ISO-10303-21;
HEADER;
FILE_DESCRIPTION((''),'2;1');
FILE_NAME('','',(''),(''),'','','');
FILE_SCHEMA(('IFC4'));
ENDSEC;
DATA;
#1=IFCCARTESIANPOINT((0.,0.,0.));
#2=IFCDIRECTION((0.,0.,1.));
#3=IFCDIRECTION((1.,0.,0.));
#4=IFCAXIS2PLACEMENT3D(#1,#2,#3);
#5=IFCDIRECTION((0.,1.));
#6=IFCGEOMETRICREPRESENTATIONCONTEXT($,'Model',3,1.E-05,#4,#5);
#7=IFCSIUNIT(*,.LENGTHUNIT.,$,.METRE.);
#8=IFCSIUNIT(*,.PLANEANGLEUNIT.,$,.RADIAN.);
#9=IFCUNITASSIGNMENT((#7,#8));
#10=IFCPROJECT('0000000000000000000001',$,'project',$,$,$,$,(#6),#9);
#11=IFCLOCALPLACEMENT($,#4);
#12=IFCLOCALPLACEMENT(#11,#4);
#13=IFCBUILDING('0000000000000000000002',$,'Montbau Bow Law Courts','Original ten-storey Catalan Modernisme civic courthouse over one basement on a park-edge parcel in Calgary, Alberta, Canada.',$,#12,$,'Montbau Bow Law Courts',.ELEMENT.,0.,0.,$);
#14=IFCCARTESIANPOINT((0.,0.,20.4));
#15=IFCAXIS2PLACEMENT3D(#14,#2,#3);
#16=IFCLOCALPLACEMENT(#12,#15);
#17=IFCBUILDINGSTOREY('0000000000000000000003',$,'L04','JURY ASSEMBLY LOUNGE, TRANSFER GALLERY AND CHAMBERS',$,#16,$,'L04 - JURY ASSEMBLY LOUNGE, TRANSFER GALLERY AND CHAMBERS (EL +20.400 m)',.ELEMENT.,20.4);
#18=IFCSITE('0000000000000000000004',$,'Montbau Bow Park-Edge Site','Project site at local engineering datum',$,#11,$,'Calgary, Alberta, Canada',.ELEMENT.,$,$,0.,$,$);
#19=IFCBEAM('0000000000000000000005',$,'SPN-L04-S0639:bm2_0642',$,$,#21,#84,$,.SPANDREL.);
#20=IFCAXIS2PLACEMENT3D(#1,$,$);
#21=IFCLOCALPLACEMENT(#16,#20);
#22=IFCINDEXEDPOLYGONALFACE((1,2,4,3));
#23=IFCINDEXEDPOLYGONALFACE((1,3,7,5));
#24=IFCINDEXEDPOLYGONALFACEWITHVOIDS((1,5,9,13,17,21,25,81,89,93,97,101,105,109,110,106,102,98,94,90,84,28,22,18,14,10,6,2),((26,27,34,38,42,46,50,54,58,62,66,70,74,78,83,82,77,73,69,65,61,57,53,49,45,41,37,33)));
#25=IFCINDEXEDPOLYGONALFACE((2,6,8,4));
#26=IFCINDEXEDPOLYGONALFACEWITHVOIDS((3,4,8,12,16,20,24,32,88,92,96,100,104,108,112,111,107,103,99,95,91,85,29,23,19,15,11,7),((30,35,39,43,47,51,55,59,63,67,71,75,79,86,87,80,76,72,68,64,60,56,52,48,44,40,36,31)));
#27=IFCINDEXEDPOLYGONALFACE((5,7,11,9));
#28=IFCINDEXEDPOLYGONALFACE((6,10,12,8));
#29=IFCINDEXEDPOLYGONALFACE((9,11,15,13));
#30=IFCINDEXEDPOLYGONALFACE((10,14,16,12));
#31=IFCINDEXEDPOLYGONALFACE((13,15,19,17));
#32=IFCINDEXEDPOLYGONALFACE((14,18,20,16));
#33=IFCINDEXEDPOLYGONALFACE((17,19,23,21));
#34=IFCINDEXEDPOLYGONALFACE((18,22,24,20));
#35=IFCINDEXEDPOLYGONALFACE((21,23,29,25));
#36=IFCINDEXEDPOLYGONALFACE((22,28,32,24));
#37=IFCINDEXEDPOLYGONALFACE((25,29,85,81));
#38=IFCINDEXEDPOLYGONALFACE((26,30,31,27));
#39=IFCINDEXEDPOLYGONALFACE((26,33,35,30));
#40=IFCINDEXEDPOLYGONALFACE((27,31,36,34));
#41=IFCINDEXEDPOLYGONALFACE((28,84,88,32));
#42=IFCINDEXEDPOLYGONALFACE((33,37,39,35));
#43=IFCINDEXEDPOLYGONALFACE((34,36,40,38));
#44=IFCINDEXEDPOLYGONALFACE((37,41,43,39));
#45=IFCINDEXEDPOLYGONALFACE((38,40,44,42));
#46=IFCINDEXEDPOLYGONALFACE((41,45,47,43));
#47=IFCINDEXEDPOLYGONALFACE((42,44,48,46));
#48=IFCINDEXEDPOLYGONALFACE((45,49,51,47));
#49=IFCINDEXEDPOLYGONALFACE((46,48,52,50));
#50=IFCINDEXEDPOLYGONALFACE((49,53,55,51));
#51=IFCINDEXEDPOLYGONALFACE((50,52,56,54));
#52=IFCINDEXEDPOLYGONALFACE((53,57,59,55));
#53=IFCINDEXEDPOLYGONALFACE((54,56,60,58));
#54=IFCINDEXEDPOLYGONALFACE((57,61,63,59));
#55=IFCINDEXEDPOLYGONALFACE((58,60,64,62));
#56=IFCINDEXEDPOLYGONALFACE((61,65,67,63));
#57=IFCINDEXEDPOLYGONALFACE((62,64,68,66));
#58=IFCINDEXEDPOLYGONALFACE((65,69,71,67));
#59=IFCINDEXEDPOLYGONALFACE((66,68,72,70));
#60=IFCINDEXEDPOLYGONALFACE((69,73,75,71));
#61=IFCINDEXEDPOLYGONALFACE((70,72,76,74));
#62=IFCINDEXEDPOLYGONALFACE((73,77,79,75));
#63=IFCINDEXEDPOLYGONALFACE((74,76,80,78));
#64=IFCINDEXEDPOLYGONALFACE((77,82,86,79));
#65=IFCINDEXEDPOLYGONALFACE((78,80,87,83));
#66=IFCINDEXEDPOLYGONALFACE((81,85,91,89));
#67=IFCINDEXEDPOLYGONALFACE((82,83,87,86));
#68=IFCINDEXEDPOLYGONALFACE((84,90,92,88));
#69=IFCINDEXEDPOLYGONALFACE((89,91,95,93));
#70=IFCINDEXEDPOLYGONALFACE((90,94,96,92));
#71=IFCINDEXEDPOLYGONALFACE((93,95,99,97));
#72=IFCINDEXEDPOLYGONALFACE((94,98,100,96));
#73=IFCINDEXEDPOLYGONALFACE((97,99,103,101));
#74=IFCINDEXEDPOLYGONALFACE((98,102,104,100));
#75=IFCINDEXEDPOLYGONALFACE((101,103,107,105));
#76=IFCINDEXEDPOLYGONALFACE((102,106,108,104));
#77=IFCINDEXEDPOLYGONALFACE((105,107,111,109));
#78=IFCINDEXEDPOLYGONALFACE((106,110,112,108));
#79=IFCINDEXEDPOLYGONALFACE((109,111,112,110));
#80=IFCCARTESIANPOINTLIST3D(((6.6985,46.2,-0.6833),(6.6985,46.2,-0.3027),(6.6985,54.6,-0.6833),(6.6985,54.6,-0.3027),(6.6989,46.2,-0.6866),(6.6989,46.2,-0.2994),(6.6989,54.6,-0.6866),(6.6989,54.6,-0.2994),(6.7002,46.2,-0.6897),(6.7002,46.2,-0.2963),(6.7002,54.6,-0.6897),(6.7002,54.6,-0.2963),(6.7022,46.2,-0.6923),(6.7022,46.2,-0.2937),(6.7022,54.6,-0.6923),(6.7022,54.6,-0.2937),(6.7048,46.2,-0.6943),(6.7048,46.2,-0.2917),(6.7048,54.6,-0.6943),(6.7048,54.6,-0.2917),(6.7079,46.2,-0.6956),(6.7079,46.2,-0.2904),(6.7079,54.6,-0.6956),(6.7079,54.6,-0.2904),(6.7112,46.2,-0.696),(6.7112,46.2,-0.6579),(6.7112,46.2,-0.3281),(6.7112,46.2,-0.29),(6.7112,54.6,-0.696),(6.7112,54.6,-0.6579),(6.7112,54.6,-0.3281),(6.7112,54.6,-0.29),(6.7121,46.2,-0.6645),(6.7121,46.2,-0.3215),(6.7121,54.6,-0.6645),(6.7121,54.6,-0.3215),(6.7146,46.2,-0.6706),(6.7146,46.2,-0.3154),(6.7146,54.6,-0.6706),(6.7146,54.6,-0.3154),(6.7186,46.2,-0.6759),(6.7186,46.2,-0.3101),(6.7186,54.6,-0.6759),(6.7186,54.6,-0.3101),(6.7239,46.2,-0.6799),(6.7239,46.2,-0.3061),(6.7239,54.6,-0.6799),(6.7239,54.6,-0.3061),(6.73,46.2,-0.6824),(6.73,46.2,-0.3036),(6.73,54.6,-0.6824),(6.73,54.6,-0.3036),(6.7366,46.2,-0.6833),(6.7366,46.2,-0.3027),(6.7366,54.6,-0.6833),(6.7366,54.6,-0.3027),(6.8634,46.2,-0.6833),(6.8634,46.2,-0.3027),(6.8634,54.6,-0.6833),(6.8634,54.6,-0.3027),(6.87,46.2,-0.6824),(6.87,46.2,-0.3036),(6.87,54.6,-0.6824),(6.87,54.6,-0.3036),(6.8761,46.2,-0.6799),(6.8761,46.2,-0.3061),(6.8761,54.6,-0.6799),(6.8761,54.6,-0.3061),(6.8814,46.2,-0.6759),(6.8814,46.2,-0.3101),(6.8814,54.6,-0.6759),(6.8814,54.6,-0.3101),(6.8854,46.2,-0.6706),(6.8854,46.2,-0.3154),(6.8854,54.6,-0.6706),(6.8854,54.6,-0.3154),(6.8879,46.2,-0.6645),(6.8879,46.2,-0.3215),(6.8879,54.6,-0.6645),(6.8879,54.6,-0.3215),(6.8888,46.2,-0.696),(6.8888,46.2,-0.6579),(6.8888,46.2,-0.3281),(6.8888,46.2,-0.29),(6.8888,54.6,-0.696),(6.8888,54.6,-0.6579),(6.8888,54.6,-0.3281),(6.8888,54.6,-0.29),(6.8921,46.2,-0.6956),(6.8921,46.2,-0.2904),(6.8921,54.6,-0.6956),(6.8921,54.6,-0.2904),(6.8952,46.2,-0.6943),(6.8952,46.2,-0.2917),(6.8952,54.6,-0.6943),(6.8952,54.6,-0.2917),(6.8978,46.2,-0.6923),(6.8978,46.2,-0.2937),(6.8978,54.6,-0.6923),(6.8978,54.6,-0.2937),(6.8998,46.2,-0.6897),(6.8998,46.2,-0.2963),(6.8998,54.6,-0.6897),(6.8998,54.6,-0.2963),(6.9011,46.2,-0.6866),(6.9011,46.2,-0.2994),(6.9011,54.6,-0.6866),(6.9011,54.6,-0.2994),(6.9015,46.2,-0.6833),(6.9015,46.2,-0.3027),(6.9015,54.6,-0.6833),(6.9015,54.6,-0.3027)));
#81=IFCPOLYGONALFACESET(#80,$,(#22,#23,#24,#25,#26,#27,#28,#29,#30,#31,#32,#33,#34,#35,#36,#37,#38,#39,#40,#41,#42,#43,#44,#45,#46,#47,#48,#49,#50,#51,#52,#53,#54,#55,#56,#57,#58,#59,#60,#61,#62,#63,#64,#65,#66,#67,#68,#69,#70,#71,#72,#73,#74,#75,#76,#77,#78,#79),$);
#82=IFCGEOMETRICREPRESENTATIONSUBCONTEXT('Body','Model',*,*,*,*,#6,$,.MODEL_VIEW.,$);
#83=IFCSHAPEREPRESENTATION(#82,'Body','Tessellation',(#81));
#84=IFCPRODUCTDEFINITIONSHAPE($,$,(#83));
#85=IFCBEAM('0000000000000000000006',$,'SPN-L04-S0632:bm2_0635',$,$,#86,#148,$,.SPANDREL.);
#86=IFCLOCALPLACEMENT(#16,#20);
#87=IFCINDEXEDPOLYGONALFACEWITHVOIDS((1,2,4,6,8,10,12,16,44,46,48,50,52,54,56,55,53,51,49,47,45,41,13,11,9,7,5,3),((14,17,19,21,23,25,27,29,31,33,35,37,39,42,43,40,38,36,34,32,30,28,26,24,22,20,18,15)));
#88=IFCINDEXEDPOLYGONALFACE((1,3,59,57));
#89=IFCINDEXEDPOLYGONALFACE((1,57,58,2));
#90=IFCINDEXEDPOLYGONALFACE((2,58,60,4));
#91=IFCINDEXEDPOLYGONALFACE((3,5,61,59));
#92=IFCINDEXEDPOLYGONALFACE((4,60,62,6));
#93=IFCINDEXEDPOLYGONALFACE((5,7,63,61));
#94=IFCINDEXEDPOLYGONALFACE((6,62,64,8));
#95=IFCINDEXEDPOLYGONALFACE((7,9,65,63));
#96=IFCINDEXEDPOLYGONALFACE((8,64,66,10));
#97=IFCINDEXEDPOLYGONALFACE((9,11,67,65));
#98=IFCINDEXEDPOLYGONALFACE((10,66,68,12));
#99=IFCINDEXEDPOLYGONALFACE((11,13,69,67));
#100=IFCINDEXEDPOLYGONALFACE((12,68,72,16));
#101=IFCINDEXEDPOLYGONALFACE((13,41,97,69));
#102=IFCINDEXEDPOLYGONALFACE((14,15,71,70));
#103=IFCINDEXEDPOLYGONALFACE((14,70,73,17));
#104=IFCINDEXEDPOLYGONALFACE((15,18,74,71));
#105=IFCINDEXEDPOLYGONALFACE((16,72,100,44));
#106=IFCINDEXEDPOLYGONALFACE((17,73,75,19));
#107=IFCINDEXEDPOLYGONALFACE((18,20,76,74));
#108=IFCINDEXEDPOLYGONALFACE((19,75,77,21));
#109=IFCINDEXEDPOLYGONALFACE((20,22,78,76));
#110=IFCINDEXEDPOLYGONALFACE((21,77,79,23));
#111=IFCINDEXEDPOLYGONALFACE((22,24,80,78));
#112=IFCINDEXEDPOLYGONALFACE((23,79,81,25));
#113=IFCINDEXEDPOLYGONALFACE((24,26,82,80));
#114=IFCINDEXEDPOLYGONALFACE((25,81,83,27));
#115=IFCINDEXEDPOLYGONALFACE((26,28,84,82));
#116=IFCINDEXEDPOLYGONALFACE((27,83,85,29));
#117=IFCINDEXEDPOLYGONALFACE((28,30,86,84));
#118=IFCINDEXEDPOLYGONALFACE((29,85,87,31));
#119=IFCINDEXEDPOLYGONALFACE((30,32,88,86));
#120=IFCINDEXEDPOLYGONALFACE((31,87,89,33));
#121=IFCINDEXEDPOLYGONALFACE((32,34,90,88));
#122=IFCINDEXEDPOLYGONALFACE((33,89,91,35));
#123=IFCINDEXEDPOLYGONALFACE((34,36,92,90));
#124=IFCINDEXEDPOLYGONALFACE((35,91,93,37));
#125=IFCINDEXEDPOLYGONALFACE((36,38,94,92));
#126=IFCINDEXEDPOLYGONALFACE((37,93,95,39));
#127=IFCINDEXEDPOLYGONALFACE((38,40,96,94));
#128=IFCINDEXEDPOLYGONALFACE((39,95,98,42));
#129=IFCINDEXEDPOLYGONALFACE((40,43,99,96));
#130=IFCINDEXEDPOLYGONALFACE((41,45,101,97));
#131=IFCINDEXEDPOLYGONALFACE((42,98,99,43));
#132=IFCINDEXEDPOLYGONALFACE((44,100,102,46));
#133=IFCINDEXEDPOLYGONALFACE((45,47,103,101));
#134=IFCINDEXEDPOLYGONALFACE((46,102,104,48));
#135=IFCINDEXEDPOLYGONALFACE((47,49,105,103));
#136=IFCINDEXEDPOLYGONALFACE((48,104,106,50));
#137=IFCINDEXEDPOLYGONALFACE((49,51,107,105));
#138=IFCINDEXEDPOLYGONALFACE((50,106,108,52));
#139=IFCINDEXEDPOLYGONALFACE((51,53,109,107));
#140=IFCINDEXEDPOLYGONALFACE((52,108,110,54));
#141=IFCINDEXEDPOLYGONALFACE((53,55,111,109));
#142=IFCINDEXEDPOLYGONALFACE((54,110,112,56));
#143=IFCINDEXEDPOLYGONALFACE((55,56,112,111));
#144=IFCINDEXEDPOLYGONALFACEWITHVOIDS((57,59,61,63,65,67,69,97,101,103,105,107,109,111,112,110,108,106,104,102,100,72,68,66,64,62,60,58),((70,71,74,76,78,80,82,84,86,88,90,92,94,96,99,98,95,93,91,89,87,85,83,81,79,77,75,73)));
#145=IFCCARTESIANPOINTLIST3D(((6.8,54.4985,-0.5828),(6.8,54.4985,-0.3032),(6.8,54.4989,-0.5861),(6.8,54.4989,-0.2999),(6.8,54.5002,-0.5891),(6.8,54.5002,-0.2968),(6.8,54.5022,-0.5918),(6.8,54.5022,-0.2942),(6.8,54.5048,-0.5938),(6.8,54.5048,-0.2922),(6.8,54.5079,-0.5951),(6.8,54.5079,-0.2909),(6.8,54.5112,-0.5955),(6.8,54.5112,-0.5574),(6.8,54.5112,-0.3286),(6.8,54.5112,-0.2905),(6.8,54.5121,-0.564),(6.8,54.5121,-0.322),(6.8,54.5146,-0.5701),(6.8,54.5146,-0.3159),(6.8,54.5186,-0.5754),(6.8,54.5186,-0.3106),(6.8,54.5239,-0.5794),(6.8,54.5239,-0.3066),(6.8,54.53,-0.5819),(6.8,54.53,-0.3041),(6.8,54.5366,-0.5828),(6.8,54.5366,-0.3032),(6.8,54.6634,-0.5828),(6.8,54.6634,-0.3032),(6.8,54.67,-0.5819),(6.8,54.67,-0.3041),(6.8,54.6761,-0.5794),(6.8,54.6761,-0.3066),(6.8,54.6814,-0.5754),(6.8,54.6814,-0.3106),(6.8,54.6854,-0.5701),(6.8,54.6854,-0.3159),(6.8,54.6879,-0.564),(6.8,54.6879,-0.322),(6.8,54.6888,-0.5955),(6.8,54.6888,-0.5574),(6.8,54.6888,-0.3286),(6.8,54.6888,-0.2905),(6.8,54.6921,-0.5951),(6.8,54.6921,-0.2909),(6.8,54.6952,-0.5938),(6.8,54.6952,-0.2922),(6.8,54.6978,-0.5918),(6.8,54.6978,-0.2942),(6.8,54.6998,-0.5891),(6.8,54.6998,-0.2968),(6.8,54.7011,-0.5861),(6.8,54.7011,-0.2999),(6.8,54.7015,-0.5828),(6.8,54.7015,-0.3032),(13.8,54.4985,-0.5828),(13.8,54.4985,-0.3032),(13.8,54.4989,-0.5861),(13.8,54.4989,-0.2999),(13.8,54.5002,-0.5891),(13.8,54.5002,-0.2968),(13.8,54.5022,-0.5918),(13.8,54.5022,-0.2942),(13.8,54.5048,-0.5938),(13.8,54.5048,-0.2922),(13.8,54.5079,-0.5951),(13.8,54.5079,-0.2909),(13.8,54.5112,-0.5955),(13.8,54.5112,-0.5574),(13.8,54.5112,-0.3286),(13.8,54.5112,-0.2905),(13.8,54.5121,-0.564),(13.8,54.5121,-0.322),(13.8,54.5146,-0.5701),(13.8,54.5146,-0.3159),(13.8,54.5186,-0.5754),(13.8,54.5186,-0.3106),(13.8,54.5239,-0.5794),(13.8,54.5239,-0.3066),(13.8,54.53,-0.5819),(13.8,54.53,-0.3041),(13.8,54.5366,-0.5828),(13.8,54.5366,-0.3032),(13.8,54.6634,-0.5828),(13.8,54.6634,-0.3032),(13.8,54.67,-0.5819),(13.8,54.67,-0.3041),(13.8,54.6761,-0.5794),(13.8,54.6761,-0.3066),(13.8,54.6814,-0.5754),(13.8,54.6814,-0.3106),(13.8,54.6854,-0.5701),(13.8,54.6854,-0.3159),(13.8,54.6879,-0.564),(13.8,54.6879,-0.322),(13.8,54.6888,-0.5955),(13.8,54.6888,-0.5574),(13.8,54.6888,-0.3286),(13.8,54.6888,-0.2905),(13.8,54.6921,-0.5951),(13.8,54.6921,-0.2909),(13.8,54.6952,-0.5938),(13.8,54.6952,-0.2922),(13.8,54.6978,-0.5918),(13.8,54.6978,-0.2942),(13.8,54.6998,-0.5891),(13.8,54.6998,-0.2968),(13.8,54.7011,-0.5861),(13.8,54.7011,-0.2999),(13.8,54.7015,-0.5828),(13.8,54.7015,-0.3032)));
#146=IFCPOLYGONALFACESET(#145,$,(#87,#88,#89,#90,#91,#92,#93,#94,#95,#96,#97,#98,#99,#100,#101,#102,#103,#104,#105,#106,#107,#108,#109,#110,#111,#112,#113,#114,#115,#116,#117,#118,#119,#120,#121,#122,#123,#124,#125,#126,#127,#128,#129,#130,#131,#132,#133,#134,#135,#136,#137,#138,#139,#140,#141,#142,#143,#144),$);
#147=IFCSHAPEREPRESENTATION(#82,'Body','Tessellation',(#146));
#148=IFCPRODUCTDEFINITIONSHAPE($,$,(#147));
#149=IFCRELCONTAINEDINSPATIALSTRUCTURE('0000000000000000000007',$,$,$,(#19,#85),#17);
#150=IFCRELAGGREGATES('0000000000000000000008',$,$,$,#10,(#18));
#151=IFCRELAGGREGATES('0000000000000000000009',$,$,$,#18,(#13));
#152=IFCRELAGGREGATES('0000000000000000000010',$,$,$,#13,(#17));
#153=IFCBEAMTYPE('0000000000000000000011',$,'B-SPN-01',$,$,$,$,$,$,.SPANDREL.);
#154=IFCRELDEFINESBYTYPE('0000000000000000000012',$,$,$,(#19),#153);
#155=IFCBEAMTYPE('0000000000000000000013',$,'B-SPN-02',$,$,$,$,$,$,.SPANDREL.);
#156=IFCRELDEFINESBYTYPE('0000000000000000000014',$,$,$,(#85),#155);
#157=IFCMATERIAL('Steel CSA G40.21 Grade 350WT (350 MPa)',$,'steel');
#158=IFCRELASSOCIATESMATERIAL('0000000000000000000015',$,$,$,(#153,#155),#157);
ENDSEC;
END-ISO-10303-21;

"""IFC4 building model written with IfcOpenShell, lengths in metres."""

from ifc_helpers import new_model, si_unit, direction, frame, origin_with_axes, origin_2d_with_axis, place, context, subcontext, project, spatial, hollow_rectangle, extrude, material, material_profile, profile_set, type_object, element, save


model = new_model("IFC4")

# Units and contexts
model_context = context("Model", 3, precision=1e-05, world=origin_with_axes(), true_north=direction((0.0, 1.0)))
body_context = subcontext(model_context, "Body", "Model", "MODEL_VIEW")
ifc_project = project(units=[si_unit("LENGTHUNIT", "METRE"), si_unit("PLANEANGLEUNIT", "RADIAN")], contexts=[model_context])

# Site, building, storey
site_placement = place(None, origin_with_axes())
site = spatial("IfcSite", under=ifc_project, at=site_placement, Name="Montbau Bow Park-Edge Site", Description="Project site at local engineering datum", LongName="Calgary, Alberta, Canada", CompositionType="ELEMENT", RefElevation=0.0)
building_placement = place(site_placement, origin_with_axes())
building = spatial("IfcBuilding", under=site, at=building_placement, Name="Montbau Bow Law Courts", Description="Original ten-storey Catalan Modernisme civic courthouse over one basement on a park-edge parcel in Calgary, Alberta, Canada.", LongName="Montbau Bow Law Courts", CompositionType="ELEMENT", ElevationOfRefHeight=0.0, ElevationOfTerrain=0.0)
storey_placement = place(building_placement, frame((0.0, 0.0, 20.4), z_axis=(0.0, 0.0, 1.0), x_axis=(1.0, 0.0, 0.0)))
storey = spatial("IfcBuildingStorey", under=building, at=storey_placement, Name="L04", Description="JURY ASSEMBLY LOUNGE, TRANSFER GALLERY AND CHAMBERS", LongName="L04 - JURY ASSEMBLY LOUNGE, TRANSFER GALLERY AND CHAMBERS (EL +20.400 m)", CompositionType="ELEMENT", Elevation=20.4)

# Shared definitions
ifc_material_1 = material(Name="Steel CSA G40.21 Grade 350WT (350 MPa)", Category="steel")

# Beams
ifc_material_profile_1 = material_profile(ifc_material_1, hollow_rectangle(XDim=0.203, YDim=0.406, WallThickness=0.0127, InnerFilletRadius=0.0254, OuterFilletRadius=0.0127, at=origin_2d_with_axis()), Name="HSS406X203X13", Category="Main", Priority=0)
ifc_profile_set_1 = profile_set([ifc_material_profile_1], Name="Steel CSA G40.21 Grade 350WT (350 MPa)")
beam_type_1 = type_object("IfcBeamType", Name="B-SPN-01", PredefinedType="SPANDREL", material=ifc_profile_set_1)
for number, where, z_axis, x_axis, name in (
    (1, (6.8, 46.2, 19.907), (0.0, 1.0, 0.0), (-1.0, 0.0, 0.0), "SPN-L04-S0639:bm2_0642"),
):
    element("IfcBeam", number, at=place(None, frame(where, z_axis=z_axis, x_axis=x_axis)), inside=storey, type_object=beam_type_1, Name=name, PredefinedType="SPANDREL", context=body_context, shape_type="SweptSolid", body=[
        extrude(hollow_rectangle(XDim=0.203, YDim=0.406, WallThickness=0.0127, InnerFilletRadius=0.0254, OuterFilletRadius=0.0127, at=origin_2d_with_axis()), origin_with_axes(), (0.0, 0.0, 1.0), 8.4),
    ])
ifc_material_profile_2 = material_profile(ifc_material_1, hollow_rectangle(XDim=0.203, YDim=0.305, WallThickness=0.0127, InnerFilletRadius=0.0254, OuterFilletRadius=0.0127, at=origin_2d_with_axis()), Name="HSS305X203X13", Category="Main", Priority=0)
ifc_profile_set_2 = profile_set([ifc_material_profile_2], Name="Steel CSA G40.21 Grade 350WT (350 MPa)")
beam_type_2 = type_object("IfcBeamType", Name="B-SPN-02", PredefinedType="SPANDREL", material=ifc_profile_set_2)
beam_1_placement = place(None, frame((6.8, 54.6, 19.957), z_axis=(1.0, 0.0, 0.0), x_axis=(0.0, 1.0, 0.0)))
element("IfcBeam", 2, at=beam_1_placement, inside=storey, type_object=beam_type_2, Name="SPN-L04-S0632:bm2_0635", PredefinedType="SPANDREL", context=body_context, shape_type="SweptSolid", body=[
    extrude(hollow_rectangle(XDim=0.203, YDim=0.305, WallThickness=0.0127, InnerFilletRadius=0.0254, OuterFilletRadius=0.0127, at=origin_2d_with_axis()), origin_with_axes(), (0.0, 0.0, 1.0), 7.0),
])

save(model, "model.ifc")
